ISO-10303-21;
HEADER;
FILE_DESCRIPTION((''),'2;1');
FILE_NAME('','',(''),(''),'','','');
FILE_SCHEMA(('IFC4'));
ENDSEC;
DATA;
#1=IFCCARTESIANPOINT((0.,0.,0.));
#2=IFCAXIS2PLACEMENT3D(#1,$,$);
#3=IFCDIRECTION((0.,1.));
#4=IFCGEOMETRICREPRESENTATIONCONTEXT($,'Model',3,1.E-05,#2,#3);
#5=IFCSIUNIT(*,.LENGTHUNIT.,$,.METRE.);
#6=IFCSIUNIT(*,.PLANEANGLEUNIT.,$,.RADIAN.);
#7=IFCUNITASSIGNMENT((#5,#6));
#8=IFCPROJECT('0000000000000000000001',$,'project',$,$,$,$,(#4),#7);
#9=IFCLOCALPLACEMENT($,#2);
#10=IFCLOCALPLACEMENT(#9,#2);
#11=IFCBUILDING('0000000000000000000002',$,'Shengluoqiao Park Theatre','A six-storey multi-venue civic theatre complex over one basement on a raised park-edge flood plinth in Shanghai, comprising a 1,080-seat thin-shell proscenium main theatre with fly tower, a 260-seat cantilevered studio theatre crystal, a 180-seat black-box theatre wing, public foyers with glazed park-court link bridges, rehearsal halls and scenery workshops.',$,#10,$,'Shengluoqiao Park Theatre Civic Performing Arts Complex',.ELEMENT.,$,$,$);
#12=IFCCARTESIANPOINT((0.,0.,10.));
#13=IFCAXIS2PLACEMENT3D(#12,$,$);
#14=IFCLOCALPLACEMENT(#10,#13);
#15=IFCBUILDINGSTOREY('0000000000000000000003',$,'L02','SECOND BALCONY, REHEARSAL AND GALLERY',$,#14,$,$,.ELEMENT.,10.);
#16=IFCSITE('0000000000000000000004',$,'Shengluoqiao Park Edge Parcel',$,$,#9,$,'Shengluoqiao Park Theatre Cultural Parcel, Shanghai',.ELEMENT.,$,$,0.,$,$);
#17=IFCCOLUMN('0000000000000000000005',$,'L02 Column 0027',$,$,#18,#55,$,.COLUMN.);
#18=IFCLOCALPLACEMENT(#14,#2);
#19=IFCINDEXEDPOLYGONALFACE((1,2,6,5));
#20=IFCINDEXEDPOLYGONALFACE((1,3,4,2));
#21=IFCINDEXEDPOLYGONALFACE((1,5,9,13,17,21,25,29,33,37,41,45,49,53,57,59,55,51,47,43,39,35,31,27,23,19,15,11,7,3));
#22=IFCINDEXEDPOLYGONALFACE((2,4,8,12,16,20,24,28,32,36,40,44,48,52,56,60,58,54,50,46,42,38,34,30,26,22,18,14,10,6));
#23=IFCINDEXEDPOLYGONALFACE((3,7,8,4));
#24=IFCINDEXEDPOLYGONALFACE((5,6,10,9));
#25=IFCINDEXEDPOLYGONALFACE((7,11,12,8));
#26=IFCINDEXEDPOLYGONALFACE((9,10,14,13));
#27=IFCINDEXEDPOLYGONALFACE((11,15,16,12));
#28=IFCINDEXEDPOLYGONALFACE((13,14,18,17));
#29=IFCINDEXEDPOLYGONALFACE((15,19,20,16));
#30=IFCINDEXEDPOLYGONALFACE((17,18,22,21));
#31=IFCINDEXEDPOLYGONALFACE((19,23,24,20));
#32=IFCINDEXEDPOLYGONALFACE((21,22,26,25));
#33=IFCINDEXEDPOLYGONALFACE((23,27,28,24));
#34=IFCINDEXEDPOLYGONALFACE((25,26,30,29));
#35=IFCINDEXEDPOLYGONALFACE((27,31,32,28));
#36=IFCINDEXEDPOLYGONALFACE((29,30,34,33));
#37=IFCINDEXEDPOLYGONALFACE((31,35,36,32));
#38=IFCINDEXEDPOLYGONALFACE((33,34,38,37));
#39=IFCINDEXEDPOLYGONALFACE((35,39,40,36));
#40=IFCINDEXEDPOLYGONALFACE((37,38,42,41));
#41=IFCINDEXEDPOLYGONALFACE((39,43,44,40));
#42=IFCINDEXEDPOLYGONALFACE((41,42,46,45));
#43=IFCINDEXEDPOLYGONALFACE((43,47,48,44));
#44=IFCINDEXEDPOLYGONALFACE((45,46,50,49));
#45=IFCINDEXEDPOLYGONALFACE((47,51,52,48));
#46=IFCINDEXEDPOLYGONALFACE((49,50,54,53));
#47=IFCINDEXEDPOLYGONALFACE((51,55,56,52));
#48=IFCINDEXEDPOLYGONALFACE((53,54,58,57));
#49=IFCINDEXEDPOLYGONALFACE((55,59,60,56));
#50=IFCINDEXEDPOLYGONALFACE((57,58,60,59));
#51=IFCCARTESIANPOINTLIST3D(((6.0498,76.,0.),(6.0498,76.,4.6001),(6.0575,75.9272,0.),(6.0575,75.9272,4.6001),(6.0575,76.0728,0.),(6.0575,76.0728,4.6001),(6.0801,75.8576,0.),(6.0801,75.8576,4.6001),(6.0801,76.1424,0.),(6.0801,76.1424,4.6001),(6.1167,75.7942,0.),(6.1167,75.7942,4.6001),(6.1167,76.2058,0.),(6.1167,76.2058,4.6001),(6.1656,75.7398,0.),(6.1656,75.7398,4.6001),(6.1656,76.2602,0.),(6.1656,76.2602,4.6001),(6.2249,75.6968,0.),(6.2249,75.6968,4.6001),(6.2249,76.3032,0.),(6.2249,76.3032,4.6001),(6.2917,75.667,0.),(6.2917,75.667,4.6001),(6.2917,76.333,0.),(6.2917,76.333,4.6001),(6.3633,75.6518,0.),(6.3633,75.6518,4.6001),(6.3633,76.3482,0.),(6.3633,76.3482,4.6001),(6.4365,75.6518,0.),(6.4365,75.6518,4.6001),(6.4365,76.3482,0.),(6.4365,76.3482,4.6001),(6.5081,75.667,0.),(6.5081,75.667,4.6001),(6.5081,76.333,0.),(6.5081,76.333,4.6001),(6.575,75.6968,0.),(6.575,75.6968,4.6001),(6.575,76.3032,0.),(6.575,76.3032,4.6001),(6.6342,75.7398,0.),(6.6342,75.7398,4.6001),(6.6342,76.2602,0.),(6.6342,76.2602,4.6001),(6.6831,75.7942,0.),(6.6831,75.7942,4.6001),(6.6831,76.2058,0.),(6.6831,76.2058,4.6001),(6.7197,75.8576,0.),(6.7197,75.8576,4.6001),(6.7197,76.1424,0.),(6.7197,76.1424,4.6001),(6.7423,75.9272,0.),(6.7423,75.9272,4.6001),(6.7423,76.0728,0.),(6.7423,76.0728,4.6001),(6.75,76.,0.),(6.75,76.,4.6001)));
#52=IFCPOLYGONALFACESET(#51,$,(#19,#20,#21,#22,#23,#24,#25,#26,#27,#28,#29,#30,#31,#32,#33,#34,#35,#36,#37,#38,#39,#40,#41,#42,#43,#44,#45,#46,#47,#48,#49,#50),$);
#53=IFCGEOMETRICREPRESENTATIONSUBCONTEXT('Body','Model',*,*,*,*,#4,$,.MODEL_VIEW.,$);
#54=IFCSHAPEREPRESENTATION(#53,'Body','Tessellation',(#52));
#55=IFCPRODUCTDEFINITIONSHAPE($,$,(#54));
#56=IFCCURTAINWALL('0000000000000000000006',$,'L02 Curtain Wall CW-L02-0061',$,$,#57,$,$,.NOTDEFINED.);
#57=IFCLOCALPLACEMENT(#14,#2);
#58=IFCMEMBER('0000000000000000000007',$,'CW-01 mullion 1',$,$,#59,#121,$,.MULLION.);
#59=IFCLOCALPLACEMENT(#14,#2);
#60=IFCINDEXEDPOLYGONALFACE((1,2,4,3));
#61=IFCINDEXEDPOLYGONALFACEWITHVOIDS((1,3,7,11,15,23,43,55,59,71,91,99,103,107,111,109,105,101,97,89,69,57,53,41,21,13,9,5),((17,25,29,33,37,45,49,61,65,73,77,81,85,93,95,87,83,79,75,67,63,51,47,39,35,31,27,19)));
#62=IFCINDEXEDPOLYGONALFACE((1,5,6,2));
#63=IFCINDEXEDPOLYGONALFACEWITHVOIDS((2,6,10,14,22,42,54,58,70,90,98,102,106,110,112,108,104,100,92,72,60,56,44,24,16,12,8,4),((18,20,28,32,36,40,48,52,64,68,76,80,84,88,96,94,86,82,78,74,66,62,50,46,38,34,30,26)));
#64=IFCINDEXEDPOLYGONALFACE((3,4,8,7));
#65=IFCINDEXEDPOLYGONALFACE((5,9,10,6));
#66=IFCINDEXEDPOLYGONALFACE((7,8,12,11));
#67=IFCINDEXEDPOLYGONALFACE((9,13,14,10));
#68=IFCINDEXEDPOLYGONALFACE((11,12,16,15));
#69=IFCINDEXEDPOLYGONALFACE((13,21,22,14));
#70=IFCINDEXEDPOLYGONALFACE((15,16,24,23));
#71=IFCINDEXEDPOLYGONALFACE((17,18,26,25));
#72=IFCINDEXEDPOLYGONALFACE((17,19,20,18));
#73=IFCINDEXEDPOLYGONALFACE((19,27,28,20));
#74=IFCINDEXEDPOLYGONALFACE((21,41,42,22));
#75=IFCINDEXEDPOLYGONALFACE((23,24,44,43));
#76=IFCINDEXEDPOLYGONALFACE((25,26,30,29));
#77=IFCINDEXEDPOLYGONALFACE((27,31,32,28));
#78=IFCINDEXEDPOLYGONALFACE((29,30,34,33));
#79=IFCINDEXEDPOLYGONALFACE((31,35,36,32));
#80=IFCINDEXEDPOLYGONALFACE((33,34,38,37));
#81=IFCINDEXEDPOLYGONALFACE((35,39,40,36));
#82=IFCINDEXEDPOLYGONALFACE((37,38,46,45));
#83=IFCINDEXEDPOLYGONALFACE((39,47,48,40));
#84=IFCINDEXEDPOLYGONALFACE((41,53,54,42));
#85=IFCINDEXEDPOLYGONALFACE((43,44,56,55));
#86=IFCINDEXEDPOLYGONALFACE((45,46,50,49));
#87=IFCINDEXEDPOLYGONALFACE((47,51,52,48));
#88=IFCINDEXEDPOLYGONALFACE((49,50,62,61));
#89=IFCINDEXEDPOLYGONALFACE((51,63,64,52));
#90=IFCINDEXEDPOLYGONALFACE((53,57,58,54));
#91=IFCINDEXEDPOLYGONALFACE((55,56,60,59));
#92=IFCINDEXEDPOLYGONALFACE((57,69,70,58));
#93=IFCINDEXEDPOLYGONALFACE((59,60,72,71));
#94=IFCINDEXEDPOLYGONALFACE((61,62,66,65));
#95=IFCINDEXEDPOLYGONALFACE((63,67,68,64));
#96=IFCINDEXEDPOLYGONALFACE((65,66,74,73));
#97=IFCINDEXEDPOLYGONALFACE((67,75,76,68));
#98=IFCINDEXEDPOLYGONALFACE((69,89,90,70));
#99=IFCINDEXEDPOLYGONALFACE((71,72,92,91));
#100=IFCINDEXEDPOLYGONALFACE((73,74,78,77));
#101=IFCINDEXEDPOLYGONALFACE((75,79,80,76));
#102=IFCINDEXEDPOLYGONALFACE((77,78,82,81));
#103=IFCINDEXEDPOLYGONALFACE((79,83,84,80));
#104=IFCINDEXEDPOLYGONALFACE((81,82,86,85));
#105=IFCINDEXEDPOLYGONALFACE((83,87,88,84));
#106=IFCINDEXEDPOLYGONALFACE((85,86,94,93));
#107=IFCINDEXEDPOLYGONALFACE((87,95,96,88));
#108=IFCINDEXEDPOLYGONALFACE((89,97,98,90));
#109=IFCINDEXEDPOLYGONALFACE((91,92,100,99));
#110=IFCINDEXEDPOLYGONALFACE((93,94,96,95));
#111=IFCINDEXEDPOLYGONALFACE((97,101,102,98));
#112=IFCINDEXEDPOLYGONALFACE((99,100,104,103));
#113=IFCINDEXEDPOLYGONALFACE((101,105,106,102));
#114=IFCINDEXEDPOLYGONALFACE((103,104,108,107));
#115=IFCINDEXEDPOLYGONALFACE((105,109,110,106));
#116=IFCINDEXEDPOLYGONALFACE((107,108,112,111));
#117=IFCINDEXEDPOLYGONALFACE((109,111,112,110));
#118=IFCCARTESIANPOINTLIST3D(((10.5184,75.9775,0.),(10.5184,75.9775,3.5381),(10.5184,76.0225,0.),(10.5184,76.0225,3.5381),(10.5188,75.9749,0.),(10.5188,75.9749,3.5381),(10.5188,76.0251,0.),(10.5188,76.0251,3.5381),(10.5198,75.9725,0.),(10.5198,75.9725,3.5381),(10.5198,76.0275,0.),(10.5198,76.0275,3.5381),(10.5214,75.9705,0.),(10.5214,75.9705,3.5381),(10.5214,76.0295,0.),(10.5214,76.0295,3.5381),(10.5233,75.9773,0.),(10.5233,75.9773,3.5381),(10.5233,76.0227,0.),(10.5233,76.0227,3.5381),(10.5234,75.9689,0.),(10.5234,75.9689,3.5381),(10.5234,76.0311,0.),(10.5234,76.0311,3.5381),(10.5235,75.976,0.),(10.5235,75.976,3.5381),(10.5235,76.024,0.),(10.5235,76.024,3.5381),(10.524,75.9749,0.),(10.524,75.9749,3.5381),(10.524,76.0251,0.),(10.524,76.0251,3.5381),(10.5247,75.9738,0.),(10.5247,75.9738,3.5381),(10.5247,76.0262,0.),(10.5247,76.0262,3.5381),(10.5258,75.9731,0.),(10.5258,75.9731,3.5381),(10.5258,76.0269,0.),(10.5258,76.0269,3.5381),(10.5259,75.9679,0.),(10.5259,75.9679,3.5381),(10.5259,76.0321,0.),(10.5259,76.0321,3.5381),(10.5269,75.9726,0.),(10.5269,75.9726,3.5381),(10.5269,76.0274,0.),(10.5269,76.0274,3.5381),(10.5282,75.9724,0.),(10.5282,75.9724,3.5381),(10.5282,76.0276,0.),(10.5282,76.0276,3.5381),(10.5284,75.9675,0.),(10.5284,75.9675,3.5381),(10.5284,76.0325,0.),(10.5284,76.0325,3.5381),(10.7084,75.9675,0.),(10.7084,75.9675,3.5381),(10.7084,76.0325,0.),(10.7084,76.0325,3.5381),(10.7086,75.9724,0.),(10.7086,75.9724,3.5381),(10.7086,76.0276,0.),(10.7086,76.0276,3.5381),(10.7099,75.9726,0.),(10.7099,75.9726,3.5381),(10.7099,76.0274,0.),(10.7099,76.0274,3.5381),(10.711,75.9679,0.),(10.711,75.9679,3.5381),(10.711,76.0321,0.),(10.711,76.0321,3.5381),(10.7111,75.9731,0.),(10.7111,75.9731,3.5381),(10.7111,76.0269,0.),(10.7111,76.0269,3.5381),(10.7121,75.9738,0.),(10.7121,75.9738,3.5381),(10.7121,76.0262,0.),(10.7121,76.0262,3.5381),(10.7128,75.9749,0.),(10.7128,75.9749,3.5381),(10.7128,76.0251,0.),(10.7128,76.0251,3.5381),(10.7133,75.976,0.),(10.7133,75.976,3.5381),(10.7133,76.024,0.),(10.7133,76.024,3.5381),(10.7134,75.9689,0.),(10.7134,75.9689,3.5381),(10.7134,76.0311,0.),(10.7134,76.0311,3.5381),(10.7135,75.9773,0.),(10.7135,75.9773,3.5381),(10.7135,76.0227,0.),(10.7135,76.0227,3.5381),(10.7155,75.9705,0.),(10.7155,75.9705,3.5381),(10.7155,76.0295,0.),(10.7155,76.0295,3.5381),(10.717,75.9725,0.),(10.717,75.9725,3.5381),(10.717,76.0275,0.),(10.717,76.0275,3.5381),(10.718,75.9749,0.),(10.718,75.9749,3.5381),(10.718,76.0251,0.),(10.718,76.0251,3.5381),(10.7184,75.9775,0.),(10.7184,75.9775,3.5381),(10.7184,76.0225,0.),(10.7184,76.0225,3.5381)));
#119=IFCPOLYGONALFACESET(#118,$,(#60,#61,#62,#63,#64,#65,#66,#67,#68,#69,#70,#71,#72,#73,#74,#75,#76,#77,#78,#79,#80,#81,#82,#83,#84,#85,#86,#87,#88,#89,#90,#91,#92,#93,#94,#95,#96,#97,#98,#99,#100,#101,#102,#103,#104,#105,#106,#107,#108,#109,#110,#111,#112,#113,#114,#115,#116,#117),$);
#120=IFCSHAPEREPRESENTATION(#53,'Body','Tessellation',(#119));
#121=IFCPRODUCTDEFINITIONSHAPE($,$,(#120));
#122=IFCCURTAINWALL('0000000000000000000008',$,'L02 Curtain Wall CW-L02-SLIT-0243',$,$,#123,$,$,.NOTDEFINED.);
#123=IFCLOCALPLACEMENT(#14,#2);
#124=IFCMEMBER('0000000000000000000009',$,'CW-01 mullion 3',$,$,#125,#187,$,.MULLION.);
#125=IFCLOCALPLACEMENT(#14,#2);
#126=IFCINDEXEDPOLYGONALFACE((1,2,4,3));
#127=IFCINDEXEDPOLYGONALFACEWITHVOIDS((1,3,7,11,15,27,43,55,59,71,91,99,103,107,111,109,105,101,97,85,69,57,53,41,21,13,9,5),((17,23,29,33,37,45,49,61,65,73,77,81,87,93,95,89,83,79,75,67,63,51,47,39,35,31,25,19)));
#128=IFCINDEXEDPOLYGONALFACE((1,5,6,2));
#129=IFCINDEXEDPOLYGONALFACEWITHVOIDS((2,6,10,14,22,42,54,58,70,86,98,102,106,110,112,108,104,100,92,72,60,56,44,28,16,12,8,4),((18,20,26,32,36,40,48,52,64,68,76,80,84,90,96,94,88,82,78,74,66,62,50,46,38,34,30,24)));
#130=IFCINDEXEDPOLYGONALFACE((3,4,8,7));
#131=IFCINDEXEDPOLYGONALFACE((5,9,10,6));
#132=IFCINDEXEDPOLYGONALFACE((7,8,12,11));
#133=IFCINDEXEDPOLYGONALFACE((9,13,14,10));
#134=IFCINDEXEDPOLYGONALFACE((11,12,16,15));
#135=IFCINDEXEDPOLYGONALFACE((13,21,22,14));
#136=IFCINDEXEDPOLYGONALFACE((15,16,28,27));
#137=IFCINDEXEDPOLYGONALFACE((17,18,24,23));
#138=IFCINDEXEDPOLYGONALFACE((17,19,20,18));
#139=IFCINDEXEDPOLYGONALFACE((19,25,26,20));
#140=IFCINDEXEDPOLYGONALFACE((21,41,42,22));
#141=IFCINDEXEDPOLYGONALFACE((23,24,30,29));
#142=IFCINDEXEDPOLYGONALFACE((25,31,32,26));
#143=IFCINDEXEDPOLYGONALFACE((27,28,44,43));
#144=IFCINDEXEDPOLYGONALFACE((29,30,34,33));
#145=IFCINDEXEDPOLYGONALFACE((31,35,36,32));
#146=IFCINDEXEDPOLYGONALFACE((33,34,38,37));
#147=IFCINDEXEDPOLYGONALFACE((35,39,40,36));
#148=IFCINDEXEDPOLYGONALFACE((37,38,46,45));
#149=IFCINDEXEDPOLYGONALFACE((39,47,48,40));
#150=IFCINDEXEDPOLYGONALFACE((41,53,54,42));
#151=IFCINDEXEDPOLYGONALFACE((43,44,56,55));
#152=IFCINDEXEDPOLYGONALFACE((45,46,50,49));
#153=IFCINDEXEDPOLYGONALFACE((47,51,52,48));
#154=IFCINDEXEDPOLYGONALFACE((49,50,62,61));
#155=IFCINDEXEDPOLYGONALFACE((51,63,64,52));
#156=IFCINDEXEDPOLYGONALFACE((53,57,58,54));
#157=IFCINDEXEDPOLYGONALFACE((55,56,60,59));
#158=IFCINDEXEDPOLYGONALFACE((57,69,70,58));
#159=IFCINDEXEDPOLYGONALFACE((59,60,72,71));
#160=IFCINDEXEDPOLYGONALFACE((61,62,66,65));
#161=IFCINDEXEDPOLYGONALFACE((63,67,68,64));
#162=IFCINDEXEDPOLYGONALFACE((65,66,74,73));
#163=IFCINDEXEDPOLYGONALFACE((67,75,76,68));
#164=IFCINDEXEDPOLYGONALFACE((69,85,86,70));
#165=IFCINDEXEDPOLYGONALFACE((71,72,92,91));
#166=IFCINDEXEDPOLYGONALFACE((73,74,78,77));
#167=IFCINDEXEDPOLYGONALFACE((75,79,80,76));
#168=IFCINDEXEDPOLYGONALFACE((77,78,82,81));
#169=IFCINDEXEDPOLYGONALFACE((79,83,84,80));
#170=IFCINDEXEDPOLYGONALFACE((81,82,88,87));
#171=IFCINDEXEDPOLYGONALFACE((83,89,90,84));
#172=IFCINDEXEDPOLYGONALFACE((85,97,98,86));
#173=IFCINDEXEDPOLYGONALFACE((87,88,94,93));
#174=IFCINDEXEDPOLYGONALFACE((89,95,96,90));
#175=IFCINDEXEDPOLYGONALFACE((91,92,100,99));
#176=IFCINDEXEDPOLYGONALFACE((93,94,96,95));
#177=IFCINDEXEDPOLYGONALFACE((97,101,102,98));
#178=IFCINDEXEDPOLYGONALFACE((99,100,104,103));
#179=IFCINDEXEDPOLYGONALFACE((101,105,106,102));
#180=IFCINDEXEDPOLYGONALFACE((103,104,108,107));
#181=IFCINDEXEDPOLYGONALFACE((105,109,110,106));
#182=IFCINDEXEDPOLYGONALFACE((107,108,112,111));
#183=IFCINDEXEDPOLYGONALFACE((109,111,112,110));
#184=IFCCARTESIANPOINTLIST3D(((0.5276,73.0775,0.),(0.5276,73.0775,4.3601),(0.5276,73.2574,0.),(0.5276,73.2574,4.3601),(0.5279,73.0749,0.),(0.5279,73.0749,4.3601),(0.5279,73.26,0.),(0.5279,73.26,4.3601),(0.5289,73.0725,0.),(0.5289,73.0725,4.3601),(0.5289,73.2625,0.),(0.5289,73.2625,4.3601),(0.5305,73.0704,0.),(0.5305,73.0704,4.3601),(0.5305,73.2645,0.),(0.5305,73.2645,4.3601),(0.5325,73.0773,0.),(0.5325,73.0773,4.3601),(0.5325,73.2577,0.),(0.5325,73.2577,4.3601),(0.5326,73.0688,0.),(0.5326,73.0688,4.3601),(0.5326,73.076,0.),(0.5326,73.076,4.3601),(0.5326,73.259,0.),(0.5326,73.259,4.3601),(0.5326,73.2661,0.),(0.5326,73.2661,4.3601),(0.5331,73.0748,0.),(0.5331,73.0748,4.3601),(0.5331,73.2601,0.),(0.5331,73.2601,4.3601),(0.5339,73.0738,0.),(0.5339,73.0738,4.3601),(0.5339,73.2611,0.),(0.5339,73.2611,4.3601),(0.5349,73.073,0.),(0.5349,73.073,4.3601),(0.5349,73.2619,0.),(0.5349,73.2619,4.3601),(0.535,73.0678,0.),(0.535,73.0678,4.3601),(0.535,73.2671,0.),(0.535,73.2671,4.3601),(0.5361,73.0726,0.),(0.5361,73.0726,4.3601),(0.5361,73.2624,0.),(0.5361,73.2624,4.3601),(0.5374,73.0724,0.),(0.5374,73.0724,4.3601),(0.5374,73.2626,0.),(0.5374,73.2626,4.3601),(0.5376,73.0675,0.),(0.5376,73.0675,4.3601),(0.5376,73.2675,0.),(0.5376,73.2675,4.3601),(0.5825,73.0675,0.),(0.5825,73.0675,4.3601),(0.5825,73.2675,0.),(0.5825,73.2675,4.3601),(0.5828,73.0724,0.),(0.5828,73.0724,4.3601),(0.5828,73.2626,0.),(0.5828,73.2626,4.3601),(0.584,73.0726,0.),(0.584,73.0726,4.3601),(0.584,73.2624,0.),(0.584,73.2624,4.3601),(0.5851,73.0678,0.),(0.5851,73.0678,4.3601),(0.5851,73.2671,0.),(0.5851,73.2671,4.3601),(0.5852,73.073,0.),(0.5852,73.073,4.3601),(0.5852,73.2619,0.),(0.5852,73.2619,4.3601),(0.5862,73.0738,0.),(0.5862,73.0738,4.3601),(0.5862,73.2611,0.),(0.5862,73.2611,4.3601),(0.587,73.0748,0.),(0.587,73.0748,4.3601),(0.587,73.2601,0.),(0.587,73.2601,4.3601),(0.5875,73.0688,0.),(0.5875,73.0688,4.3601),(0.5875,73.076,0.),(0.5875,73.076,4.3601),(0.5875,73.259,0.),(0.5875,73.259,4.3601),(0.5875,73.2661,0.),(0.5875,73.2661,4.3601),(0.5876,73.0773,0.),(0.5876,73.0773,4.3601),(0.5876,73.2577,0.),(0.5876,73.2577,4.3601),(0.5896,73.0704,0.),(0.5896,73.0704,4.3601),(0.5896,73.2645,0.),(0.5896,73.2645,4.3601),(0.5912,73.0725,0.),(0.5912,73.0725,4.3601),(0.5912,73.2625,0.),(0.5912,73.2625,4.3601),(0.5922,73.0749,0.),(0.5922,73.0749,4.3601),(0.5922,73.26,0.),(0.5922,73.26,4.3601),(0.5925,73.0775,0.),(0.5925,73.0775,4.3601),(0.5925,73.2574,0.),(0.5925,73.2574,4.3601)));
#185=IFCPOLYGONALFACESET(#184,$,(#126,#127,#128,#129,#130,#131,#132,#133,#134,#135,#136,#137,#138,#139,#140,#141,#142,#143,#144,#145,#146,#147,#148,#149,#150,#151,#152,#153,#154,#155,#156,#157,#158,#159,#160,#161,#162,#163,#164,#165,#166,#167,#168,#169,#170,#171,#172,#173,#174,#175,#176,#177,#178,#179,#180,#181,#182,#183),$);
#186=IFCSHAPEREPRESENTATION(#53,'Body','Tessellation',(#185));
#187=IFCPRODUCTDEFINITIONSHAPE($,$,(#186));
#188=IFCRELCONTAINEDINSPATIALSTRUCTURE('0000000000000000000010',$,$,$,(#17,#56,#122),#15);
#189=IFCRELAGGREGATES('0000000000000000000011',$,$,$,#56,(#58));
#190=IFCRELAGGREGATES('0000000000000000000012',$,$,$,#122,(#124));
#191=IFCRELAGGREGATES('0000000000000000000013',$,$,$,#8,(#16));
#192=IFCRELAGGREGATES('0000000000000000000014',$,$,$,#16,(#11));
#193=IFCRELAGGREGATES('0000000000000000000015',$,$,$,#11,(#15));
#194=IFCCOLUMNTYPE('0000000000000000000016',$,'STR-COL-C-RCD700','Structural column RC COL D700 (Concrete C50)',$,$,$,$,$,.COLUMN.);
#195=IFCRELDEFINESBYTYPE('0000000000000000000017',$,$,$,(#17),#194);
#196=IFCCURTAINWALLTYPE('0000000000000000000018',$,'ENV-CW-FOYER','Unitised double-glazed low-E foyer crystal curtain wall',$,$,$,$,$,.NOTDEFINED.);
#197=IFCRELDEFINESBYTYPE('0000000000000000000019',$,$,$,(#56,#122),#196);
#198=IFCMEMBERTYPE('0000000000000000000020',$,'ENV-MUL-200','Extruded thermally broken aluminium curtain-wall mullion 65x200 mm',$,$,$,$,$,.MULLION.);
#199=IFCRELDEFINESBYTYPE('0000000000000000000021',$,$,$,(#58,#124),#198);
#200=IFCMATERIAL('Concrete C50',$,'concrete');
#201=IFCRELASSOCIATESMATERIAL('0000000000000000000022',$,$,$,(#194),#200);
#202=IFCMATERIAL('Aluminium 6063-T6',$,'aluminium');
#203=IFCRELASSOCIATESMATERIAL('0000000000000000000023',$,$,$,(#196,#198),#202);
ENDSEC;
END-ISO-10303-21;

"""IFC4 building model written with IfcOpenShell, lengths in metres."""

from ifc_helpers import new_model, si_unit, direction, frame, origin, origin_2d, place, context, subcontext, project, spatial, hollow_rectangle, circle, extrude, material, material_profile, profile_set, type_object, element, aggregate, save


model = new_model("IFC4")

# Units and contexts
model_context = context("Model", 3, precision=1e-05, world=origin(), true_north=direction((0.0, 1.0)))
body_context = subcontext(model_context, "Body", "Model", "MODEL_VIEW")
ifc_project = project(units=[si_unit("LENGTHUNIT", "METRE"), si_unit("PLANEANGLEUNIT", "RADIAN")], contexts=[model_context])

# Site, building, storey
site_placement = place(None, origin())
site = spatial("IfcSite", under=ifc_project, at=site_placement, Name="Shengluoqiao Park Edge Parcel", LongName="Shengluoqiao Park Theatre Cultural Parcel, Shanghai", CompositionType="ELEMENT", RefElevation=0.0)
building_placement = place(site_placement, origin())
building = spatial("IfcBuilding", under=site, at=building_placement, Name="Shengluoqiao Park Theatre", Description="A six-storey multi-venue civic theatre complex over one basement on a raised park-edge flood plinth in Shanghai, comprising a 1,080-seat thin-shell proscenium main theatre with fly tower, a 260-seat cantilevered studio theatre crystal, a 180-seat black-box theatre wing, public foyers with glazed park-court link bridges, rehearsal halls and scenery workshops.", LongName="Shengluoqiao Park Theatre Civic Performing Arts Complex", CompositionType="ELEMENT")
storey_placement = place(building_placement, frame((0.0, 0.0, 10.0)))
storey = spatial("IfcBuildingStorey", under=building, at=storey_placement, Name="L02", Description="SECOND BALCONY, REHEARSAL AND GALLERY", CompositionType="ELEMENT", Elevation=10.0)

# Column
ifc_material_1 = material(Name="Concrete C50", Category="concrete")
ifc_material_profile_1 = material_profile(ifc_material_1, circle(Radius=0.3501, at=origin_2d()), Name="RC COL D700")
ifc_profile_set_1 = profile_set([ifc_material_profile_1], Name="Concrete C50")
column_type = type_object("IfcColumnType", Name="STR-COL-C-RCD700", Description="Structural column RC COL D700 (Concrete C50)", PredefinedType="COLUMN", material=ifc_profile_set_1)
column_placement = place(storey_placement, frame((6.3999, 76.0, 0.0), z_axis=(0.0, 0.0, 1.0), x_axis=(1.0, 0.0, 0.0)))
element("IfcColumn", 1, at=column_placement, inside=storey, type_object=column_type, Name="L02 Column 0027", PredefinedType="COLUMN", context=body_context, shape_type="SweptSolid", body=[
    extrude(circle(Radius=0.3501, at=origin_2d()), origin(), (0.0, 0.0, 1.0), 4.6001),
])

# Curtain walls, members
ifc_material_2 = material(Name="Aluminium 6063-T6", Category="aluminium")
curtain_wall_type = type_object("IfcCurtainWallType", Name="ENV-CW-FOYER", Description="Unitised double-glazed low-E foyer crystal curtain wall", PredefinedType="NOTDEFINED", material=ifc_material_2)
curtain_wall_1_placement = place(storey_placement, origin())
curtain_wall_1 = element("IfcCurtainWall", 2, at=curtain_wall_1_placement, inside=storey, type_object=curtain_wall_type, Name="L02 Curtain Wall CW-L02-0061", PredefinedType="NOTDEFINED")
ifc_material_profile_2 = material_profile(ifc_material_2, hollow_rectangle(XDim=0.0649, YDim=0.2, WallThickness=0.0049, InnerFilletRadius=0.0049, OuterFilletRadius=0.01, at=origin_2d()), Name="ALU MULLION 200x65x5")
ifc_profile_set_2 = profile_set([ifc_material_profile_2], Name="Aluminium 6063-T6")
member_type_1 = type_object("IfcMemberType", Name="ENV-MUL-200", Description="Extruded thermally broken aluminium curtain-wall mullion 65x200 mm", PredefinedType="MULLION", material=ifc_profile_set_2)
member_1_placement = place(storey_placement, frame((10.6184, 76.0, 0.0), z_axis=(0.0, 0.0, 1.0), x_axis=(0.0, 1.0, 0.0)))
member_1 = element("IfcMember", 3, at=member_1_placement, type_object=member_type_1, Name="CW-01 mullion 1", PredefinedType="MULLION", context=body_context, shape_type="SweptSolid", body=[
    extrude(hollow_rectangle(XDim=0.0649, YDim=0.2, WallThickness=0.0049, InnerFilletRadius=0.0049, OuterFilletRadius=0.01, at=origin_2d()), origin(), (0.0, 0.0, 1.0), 3.5381),
])
curtain_wall_2_placement = place(storey_placement, origin())
curtain_wall_2 = element("IfcCurtainWall", 4, at=curtain_wall_2_placement, inside=storey, type_object=curtain_wall_type, Name="L02 Curtain Wall CW-L02-SLIT-0243", PredefinedType="NOTDEFINED")
member_2_placement = place(storey_placement, frame((0.5601, 73.1675, 0.0), z_axis=(0.0, 0.0, 1.0), x_axis=(-1.0, 0.0, 0.0)))
member_2 = element("IfcMember", 5, at=member_2_placement, type_object=member_type_1, Name="CW-01 mullion 3", PredefinedType="MULLION", context=body_context, shape_type="SweptSolid", body=[
    extrude(hollow_rectangle(XDim=0.0649, YDim=0.2, WallThickness=0.0049, InnerFilletRadius=0.0049, OuterFilletRadius=0.01, at=origin_2d()), origin(), (0.0, 0.0, 1.0), 4.3601),
])

aggregate(curtain_wall_1, [member_1])

aggregate(curtain_wall_2, [member_2])

save(model, "model.ifc")
